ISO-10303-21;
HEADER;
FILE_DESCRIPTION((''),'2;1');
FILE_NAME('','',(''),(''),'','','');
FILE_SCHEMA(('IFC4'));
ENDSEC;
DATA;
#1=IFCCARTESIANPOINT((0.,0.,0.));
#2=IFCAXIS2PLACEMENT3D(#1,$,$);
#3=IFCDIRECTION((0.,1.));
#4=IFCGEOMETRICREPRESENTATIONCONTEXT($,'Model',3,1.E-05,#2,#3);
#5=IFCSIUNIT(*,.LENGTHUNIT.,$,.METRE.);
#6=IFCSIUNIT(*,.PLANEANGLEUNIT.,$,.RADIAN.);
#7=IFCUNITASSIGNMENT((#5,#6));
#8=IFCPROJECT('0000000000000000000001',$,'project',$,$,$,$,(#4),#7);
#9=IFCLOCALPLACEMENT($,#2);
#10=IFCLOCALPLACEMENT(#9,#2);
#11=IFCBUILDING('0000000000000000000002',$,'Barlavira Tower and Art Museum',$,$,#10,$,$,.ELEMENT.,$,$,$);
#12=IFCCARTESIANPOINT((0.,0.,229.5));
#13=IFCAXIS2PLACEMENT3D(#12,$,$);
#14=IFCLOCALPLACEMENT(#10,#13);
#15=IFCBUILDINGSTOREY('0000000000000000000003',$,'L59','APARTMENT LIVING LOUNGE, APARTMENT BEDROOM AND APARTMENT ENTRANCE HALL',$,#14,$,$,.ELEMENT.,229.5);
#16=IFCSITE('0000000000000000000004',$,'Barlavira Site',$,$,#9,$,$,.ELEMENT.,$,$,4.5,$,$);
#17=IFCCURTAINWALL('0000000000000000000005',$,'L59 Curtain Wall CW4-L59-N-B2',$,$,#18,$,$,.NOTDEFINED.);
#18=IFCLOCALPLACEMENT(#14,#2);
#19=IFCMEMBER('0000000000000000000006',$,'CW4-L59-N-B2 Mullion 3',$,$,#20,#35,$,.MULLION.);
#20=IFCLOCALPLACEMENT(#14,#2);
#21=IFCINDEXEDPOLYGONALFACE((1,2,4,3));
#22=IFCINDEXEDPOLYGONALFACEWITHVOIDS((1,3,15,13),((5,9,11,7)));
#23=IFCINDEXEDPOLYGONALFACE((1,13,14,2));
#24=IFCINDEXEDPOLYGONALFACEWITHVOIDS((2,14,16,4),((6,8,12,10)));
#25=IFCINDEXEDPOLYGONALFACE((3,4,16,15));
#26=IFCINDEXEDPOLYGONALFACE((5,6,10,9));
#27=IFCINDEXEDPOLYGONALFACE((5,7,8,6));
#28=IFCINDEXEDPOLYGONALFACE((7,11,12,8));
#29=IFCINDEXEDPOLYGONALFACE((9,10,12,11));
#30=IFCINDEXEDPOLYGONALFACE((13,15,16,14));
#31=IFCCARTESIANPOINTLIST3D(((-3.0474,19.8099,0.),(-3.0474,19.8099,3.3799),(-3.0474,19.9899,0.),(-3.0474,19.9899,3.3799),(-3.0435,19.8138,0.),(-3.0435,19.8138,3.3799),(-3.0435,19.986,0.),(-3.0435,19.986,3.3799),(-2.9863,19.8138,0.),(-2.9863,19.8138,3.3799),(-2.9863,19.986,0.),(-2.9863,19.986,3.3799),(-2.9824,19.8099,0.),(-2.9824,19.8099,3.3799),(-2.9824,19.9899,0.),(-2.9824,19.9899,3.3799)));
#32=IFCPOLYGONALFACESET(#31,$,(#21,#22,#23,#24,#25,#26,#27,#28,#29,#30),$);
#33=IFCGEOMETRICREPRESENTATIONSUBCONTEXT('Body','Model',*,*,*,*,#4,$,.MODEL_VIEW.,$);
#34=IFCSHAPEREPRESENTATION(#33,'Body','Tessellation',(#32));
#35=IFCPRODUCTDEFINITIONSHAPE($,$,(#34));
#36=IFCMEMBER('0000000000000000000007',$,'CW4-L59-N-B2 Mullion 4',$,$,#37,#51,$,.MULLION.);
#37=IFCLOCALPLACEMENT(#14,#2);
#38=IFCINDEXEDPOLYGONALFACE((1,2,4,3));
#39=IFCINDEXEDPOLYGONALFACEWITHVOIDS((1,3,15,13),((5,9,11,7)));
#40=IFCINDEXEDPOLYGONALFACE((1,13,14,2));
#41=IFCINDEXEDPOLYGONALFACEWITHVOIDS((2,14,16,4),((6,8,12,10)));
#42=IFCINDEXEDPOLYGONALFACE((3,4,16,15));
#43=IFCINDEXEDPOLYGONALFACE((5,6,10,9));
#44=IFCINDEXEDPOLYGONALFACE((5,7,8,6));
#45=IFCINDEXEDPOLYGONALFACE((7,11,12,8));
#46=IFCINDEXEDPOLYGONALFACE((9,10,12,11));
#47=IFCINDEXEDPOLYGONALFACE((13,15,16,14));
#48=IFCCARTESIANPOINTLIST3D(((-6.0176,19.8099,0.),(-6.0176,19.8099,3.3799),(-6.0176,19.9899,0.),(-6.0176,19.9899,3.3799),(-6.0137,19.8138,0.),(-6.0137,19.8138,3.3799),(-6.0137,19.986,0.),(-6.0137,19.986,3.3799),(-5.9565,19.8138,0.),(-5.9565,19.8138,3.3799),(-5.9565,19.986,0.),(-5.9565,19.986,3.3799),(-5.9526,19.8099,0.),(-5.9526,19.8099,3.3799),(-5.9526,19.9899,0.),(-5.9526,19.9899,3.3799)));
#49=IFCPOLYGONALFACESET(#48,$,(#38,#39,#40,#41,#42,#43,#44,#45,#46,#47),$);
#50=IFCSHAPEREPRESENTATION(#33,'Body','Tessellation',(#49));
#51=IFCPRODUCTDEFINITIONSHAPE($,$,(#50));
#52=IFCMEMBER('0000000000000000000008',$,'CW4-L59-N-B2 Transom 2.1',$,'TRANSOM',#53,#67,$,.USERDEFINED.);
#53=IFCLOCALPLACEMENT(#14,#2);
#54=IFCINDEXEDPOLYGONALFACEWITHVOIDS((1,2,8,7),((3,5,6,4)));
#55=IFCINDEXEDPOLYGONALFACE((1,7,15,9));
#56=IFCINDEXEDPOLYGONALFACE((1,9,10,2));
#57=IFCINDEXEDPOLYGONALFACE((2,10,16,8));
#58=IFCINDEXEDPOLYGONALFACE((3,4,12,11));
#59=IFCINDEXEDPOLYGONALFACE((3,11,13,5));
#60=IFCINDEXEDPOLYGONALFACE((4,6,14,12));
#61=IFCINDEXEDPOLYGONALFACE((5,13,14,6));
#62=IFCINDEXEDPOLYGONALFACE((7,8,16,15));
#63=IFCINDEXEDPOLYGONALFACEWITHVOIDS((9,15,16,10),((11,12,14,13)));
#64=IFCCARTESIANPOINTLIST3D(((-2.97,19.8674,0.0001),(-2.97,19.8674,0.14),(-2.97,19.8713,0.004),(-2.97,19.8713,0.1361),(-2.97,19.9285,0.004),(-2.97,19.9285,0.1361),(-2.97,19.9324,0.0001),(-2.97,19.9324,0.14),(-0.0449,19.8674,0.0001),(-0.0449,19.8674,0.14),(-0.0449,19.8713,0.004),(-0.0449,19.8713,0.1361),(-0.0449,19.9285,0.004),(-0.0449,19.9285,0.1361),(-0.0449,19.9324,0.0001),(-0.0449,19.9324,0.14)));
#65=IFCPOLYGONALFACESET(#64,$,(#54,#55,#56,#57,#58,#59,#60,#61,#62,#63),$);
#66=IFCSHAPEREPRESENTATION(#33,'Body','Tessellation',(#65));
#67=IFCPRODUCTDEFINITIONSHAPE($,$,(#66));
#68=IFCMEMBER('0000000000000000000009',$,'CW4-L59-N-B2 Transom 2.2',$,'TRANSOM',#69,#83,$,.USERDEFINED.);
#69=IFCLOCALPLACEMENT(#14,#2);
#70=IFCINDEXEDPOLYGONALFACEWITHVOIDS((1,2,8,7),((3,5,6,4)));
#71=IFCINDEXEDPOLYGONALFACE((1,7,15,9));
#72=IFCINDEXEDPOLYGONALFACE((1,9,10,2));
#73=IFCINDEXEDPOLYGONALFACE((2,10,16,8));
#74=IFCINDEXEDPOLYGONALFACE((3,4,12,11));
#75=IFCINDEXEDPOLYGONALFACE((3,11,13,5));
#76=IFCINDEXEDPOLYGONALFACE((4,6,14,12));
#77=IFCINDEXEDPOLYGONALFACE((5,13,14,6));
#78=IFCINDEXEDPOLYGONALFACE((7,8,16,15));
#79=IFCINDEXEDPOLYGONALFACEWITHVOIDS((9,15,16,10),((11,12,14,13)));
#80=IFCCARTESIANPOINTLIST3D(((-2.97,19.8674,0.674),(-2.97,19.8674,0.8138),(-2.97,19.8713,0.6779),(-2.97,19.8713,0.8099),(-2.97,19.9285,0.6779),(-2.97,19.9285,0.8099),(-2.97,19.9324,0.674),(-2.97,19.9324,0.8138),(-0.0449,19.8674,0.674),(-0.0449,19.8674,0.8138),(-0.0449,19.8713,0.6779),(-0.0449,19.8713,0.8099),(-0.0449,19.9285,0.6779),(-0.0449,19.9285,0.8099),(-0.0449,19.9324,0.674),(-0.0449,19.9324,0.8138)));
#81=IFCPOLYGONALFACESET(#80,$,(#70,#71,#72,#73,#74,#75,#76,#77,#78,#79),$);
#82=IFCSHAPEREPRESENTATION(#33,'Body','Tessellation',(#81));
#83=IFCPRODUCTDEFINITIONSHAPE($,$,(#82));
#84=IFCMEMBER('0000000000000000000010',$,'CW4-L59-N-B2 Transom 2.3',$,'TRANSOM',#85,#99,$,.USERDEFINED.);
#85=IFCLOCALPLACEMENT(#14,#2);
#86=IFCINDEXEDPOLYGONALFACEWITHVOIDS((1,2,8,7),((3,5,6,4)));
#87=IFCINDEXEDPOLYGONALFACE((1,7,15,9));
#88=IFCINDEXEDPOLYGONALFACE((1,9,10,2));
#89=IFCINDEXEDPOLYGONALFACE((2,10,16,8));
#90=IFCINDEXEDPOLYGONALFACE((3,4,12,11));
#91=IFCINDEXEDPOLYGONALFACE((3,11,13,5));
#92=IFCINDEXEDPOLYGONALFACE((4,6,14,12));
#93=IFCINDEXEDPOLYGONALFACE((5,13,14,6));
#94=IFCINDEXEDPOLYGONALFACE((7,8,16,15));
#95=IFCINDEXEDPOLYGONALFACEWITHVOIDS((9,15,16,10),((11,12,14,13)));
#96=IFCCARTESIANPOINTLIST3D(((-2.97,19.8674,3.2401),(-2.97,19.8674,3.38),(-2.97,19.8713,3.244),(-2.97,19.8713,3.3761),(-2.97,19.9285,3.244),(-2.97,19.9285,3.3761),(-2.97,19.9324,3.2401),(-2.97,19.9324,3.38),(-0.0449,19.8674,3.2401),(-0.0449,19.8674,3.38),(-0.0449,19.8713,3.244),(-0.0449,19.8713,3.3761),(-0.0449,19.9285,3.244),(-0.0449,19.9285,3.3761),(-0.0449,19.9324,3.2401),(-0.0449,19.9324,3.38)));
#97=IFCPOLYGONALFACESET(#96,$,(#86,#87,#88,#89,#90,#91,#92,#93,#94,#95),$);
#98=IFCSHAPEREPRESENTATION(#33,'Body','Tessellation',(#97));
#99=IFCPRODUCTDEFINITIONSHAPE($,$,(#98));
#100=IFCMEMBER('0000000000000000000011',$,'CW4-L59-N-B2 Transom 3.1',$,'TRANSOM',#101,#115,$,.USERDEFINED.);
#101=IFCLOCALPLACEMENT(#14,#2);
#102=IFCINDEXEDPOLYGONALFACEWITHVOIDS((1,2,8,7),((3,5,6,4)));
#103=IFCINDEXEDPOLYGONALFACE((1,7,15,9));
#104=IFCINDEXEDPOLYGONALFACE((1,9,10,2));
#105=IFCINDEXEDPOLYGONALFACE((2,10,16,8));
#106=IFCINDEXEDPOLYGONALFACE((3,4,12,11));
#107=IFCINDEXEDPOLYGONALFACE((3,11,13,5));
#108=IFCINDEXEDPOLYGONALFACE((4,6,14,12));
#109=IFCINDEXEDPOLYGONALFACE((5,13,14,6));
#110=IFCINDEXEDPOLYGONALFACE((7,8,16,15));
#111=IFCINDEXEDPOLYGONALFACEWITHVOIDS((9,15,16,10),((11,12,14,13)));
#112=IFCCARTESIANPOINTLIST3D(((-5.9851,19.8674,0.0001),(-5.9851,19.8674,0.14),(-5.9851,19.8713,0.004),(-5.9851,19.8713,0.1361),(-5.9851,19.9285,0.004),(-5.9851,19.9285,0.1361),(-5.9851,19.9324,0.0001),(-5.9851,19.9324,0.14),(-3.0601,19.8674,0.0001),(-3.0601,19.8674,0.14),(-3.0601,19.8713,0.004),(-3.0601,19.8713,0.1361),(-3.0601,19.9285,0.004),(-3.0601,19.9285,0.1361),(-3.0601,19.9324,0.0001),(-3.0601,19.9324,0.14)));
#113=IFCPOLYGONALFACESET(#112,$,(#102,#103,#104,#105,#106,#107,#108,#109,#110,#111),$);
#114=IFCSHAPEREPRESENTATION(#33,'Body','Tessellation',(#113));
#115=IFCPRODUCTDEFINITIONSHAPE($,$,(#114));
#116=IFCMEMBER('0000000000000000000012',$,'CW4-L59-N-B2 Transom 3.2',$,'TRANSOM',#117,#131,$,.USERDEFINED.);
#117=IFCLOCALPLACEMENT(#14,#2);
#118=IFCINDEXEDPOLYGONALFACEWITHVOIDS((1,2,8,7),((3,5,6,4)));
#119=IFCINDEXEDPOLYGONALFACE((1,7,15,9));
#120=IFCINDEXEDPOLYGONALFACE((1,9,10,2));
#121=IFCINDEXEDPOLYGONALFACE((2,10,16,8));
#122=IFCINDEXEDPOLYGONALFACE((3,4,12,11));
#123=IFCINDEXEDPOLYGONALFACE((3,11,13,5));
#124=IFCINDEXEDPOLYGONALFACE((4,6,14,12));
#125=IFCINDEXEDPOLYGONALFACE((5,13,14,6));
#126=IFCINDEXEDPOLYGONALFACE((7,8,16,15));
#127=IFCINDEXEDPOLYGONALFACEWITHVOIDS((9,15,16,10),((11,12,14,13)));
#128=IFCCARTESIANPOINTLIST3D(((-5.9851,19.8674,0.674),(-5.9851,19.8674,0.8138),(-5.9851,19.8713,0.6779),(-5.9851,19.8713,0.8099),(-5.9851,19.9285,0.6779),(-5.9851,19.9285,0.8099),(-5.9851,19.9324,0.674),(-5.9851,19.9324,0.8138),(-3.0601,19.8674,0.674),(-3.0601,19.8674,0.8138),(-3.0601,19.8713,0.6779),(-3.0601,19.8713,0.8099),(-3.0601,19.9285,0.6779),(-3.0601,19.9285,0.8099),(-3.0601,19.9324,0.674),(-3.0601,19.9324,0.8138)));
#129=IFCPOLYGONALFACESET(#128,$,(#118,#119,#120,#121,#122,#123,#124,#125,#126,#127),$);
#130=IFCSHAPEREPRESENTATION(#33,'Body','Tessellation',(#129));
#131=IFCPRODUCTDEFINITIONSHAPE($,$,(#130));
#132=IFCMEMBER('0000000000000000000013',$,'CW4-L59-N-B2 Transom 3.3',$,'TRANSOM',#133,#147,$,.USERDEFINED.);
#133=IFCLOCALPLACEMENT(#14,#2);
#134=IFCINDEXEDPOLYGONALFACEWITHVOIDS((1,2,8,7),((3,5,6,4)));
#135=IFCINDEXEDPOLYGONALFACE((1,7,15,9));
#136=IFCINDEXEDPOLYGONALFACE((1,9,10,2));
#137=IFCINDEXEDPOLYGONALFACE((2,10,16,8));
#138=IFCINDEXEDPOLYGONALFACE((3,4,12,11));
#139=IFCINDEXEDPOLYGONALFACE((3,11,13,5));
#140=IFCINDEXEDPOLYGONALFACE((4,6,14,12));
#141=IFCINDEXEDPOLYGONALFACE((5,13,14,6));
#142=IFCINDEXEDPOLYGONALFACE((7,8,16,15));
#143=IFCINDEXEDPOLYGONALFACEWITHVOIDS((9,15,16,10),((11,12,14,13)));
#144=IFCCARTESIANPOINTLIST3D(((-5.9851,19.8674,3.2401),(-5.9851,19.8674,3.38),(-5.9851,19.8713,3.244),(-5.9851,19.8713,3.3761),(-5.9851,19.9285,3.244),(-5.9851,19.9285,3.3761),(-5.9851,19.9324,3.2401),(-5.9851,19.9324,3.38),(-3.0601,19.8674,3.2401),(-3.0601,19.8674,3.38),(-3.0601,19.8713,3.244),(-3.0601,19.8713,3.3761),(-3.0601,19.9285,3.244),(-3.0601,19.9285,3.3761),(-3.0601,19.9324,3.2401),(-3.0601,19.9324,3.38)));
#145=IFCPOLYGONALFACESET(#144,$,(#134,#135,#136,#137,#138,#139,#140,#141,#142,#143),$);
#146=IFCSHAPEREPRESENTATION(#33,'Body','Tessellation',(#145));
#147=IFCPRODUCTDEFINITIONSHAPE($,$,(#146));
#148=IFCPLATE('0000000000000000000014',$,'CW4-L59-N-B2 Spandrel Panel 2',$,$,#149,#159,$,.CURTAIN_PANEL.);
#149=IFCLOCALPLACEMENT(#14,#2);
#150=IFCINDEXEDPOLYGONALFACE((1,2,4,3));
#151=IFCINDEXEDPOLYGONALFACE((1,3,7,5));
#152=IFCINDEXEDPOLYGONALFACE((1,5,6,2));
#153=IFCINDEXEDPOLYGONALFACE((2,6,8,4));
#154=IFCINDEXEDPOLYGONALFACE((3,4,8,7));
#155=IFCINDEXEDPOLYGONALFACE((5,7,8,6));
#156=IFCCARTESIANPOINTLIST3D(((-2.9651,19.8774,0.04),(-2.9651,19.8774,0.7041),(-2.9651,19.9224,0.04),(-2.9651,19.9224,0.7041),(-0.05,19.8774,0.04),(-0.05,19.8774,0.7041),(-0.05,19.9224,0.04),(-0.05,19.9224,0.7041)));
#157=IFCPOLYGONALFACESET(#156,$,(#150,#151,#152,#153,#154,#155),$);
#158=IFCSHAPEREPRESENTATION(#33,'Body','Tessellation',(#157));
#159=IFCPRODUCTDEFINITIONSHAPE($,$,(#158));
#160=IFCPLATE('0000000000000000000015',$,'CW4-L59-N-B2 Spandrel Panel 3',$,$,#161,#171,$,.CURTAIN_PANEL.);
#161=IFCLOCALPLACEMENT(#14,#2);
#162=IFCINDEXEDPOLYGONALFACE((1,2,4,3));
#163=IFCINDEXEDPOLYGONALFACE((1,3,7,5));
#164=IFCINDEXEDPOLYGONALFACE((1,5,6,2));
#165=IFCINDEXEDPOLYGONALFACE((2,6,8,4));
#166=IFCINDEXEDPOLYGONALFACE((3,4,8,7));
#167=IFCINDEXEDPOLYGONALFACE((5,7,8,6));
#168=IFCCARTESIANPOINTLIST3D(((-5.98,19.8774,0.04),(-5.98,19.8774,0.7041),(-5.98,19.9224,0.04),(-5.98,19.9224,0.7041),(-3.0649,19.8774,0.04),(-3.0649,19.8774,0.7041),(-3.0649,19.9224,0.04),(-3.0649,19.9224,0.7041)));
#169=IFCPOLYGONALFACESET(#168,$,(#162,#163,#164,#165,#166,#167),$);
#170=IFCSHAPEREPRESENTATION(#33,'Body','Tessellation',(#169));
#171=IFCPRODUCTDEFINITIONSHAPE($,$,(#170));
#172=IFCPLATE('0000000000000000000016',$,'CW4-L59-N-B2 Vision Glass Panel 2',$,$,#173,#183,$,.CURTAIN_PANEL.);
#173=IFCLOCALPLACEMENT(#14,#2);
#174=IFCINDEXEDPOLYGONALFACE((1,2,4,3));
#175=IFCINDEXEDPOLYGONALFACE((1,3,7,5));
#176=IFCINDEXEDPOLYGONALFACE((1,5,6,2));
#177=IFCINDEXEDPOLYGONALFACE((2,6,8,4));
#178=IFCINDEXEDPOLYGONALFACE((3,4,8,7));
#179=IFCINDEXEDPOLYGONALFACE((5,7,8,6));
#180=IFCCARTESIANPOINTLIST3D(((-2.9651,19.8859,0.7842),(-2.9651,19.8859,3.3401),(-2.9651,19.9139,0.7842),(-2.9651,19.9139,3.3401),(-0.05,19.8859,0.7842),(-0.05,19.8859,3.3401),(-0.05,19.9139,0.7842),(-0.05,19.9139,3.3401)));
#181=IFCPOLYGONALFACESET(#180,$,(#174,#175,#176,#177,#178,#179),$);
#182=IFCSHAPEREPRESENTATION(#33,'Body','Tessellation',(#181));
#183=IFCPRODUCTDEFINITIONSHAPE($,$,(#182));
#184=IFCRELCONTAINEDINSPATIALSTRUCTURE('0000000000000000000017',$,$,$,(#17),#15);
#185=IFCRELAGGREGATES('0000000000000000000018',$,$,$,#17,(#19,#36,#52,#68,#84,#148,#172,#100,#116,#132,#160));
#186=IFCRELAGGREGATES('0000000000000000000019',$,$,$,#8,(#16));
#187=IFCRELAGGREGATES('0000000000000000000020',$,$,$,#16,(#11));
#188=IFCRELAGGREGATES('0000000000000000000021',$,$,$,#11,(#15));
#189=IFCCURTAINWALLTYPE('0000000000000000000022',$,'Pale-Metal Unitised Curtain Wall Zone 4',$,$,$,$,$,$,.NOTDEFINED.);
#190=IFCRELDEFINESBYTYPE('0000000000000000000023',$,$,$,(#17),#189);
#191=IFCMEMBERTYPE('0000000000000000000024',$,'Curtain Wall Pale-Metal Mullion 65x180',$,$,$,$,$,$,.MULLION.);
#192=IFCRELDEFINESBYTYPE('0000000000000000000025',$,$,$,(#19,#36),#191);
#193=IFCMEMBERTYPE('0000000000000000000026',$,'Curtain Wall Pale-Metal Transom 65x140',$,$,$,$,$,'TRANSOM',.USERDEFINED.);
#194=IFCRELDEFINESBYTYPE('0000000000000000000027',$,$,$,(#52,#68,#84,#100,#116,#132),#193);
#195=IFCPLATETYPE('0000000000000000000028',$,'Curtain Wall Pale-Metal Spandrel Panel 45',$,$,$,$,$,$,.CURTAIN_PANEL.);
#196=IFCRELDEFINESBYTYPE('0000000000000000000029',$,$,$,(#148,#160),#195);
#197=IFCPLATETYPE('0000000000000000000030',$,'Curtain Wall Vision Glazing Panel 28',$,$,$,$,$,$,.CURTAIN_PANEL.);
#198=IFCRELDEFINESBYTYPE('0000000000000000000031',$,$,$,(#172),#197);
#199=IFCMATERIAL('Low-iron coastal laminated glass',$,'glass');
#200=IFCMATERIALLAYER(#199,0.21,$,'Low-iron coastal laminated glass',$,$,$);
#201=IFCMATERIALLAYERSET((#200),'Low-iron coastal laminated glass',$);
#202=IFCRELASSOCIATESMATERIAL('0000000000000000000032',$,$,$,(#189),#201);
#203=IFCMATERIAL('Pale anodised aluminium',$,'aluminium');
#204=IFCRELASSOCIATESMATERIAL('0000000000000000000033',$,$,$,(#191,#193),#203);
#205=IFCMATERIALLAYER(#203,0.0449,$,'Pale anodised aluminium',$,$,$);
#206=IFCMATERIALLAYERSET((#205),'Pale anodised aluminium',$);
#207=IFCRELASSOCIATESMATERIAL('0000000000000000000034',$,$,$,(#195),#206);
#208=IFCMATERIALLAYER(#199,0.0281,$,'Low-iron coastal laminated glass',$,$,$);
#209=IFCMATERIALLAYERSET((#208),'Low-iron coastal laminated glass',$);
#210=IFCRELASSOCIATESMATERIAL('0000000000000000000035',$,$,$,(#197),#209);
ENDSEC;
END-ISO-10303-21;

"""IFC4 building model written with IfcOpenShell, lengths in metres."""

from ifc_helpers import new_model, si_unit, direction, frame, origin, origin_2d, place, context, subcontext, project, spatial, rectangle, hollow_rectangle, extrude, material, layer, layer_set, material_profile, profile_set, type_object, element, aggregate, save


model = new_model("IFC4")

# Units and contexts
model_context = context("Model", 3, precision=1e-05, world=origin(), true_north=direction((0.0, 1.0)))
body_context = subcontext(model_context, "Body", "Model", "MODEL_VIEW")
ifc_project = project(units=[si_unit("LENGTHUNIT", "METRE"), si_unit("PLANEANGLEUNIT", "RADIAN")], contexts=[model_context])

# Site, building, storey
site_placement = place(None, origin())
site = spatial("IfcSite", under=ifc_project, at=site_placement, Name="Barlavira Site", CompositionType="ELEMENT", RefElevation=4.5)
building_placement = place(site_placement, origin())
building = spatial("IfcBuilding", under=site, at=building_placement, Name="Barlavira Tower and Art Museum", CompositionType="ELEMENT")
storey_placement = place(building_placement, frame((0.0, 0.0, 229.5)))
storey = spatial("IfcBuildingStorey", under=building, at=storey_placement, Name="L59", Description="APARTMENT LIVING LOUNGE, APARTMENT BEDROOM AND APARTMENT ENTRANCE HALL", CompositionType="ELEMENT", Elevation=229.5)

# Curtain wall, members, plates
ifc_material_1 = material(Name="Low-iron coastal laminated glass", Category="glass")
ifc_layer_1 = layer(ifc_material_1, 0.21, Name="Low-iron coastal laminated glass")
ifc_layer_set_1 = layer_set([ifc_layer_1], Name="Low-iron coastal laminated glass")
curtain_wall_type = type_object("IfcCurtainWallType", Name="Pale-Metal Unitised Curtain Wall Zone 4", PredefinedType="NOTDEFINED", material=ifc_layer_set_1)
curtain_wall_placement = place(storey_placement, origin())
curtain_wall = element("IfcCurtainWall", 1, at=curtain_wall_placement, inside=storey, type_object=curtain_wall_type, Name="L59 Curtain Wall CW4-L59-N-B2", PredefinedType="NOTDEFINED")
ifc_material_2 = material(Name="Pale anodised aluminium", Category="aluminium")
ifc_material_profile_1 = material_profile(ifc_material_2, hollow_rectangle(XDim=0.0649, YDim=0.1799, WallThickness=0.0039, at=origin_2d()), Name="ALU-MULL 65x180x4")
ifc_profile_set_1 = profile_set([ifc_material_profile_1], Name="Pale anodised aluminium")
member_type_1 = type_object("IfcMemberType", Name="Curtain Wall Pale-Metal Mullion 65x180", PredefinedType="MULLION", material=ifc_profile_set_1)
member_1_placement = place(storey_placement, frame((-3.0149, 19.8999, 0.0), z_axis=(0.0, 0.0, 1.0), x_axis=(-1.0, 0.0, 0.0)))
member_1 = element("IfcMember", 2, at=member_1_placement, type_object=member_type_1, Name="CW4-L59-N-B2 Mullion 3", PredefinedType="MULLION", context=body_context, shape_type="SweptSolid", body=[
    extrude(hollow_rectangle(XDim=0.0649, YDim=0.1799, WallThickness=0.0039, at=origin_2d()), origin(), (0.0, 0.0, 1.0), 3.3799),
])
member_2_placement = place(storey_placement, frame((-5.9851, 19.8999, 0.0), z_axis=(0.0, 0.0, 1.0), x_axis=(-1.0, 0.0, 0.0)))
member_2 = element("IfcMember", 3, at=member_2_placement, type_object=member_type_1, Name="CW4-L59-N-B2 Mullion 4", PredefinedType="MULLION", context=body_context, shape_type="SweptSolid", body=[
    extrude(hollow_rectangle(XDim=0.0649, YDim=0.1799, WallThickness=0.0039, at=origin_2d()), origin(), (0.0, 0.0, 1.0), 3.3799),
])
ifc_material_profile_2 = material_profile(ifc_material_2, hollow_rectangle(XDim=0.0649, YDim=0.1399, WallThickness=0.0039, at=origin_2d()), Name="ALU-TRAN 65x140x4")
ifc_profile_set_2 = profile_set([ifc_material_profile_2], Name="Pale anodised aluminium")
member_type_2 = type_object("IfcMemberType", Name="Curtain Wall Pale-Metal Transom 65x140", ElementType="TRANSOM", PredefinedType="USERDEFINED", material=ifc_profile_set_2)
member_3_placement = place(storey_placement, frame((-0.0449, 19.8999, 0.0701), z_axis=(-1.0, 0.0, 0.0), x_axis=(0.0, -1.0, 0.0)))
member_3 = element("IfcMember", 4, at=member_3_placement, type_object=member_type_2, Name="CW4-L59-N-B2 Transom 2.1", ObjectType="TRANSOM", PredefinedType="USERDEFINED", context=body_context, shape_type="SweptSolid", body=[
    extrude(hollow_rectangle(XDim=0.0649, YDim=0.1399, WallThickness=0.0039, at=origin_2d()), origin(), (0.0, 0.0, 1.0), 2.925),
])
member_4_placement = place(storey_placement, frame((-0.0449, 19.8999, 0.7439), z_axis=(-1.0, 0.0, 0.0), x_axis=(0.0, -1.0, 0.0)))
member_4 = element("IfcMember", 5, at=member_4_placement, type_object=member_type_2, Name="CW4-L59-N-B2 Transom 2.2", ObjectType="TRANSOM", PredefinedType="USERDEFINED", context=body_context, shape_type="SweptSolid", body=[
    extrude(hollow_rectangle(XDim=0.0649, YDim=0.1399, WallThickness=0.0039, at=origin_2d()), origin(), (0.0, 0.0, 1.0), 2.925),
])
member_5_placement = place(storey_placement, frame((-0.0449, 19.8999, 3.3101), z_axis=(-1.0, 0.0, 0.0), x_axis=(0.0, -1.0, 0.0)))
member_5 = element("IfcMember", 6, at=member_5_placement, type_object=member_type_2, Name="CW4-L59-N-B2 Transom 2.3", ObjectType="TRANSOM", PredefinedType="USERDEFINED", context=body_context, shape_type="SweptSolid", body=[
    extrude(hollow_rectangle(XDim=0.0649, YDim=0.1399, WallThickness=0.0039, at=origin_2d()), origin(), (0.0, 0.0, 1.0), 2.925),
])
member_6_placement = place(storey_placement, frame((-3.0601, 19.8999, 0.0701), z_axis=(-1.0, 0.0, 0.0), x_axis=(0.0, -1.0, 0.0)))
member_6 = element("IfcMember", 7, at=member_6_placement, type_object=member_type_2, Name="CW4-L59-N-B2 Transom 3.1", ObjectType="TRANSOM", PredefinedType="USERDEFINED", context=body_context, shape_type="SweptSolid", body=[
    extrude(hollow_rectangle(XDim=0.0649, YDim=0.1399, WallThickness=0.0039, at=origin_2d()), origin(), (0.0, 0.0, 1.0), 2.925),
])
member_7_placement = place(storey_placement, frame((-3.0601, 19.8999, 0.7439), z_axis=(-1.0, 0.0, 0.0), x_axis=(0.0, -1.0, 0.0)))
member_7 = element("IfcMember", 8, at=member_7_placement, type_object=member_type_2, Name="CW4-L59-N-B2 Transom 3.2", ObjectType="TRANSOM", PredefinedType="USERDEFINED", context=body_context, shape_type="SweptSolid", body=[
    extrude(hollow_rectangle(XDim=0.0649, YDim=0.1399, WallThickness=0.0039, at=origin_2d()), origin(), (0.0, 0.0, 1.0), 2.925),
])
member_8_placement = place(storey_placement, frame((-3.0601, 19.8999, 3.3101), z_axis=(-1.0, 0.0, 0.0), x_axis=(0.0, -1.0, 0.0)))
member_8 = element("IfcMember", 9, at=member_8_placement, type_object=member_type_2, Name="CW4-L59-N-B2 Transom 3.3", ObjectType="TRANSOM", PredefinedType="USERDEFINED", context=body_context, shape_type="SweptSolid", body=[
    extrude(hollow_rectangle(XDim=0.0649, YDim=0.1399, WallThickness=0.0039, at=origin_2d()), origin(), (0.0, 0.0, 1.0), 2.925),
])
ifc_layer_2 = layer(ifc_material_2, 0.0449, Name="Pale anodised aluminium")
ifc_layer_set_2 = layer_set([ifc_layer_2], Name="Pale anodised aluminium")
plate_type_1 = type_object("IfcPlateType", Name="Curtain Wall Pale-Metal Spandrel Panel 45", PredefinedType="CURTAIN_PANEL", material=ifc_layer_set_2)
plate_1_placement = place(storey_placement, frame((-1.5076, 19.8999, 0.04), z_axis=(0.0, 0.0, 1.0), x_axis=(-1.0, 0.0, 0.0)))
plate_1 = element("IfcPlate", 10, at=plate_1_placement, type_object=plate_type_1, Name="CW4-L59-N-B2 Spandrel Panel 2", PredefinedType="CURTAIN_PANEL", context=body_context, shape_type="SweptSolid", body=[
    extrude(rectangle(XDim=2.915, YDim=0.0449, at=origin_2d()), origin(), (0.0, 0.0, 1.0), 0.6641),
])
plate_2_placement = place(storey_placement, frame((-4.5225, 19.8999, 0.04), z_axis=(0.0, 0.0, 1.0), x_axis=(-1.0, 0.0, 0.0)))
plate_2 = element("IfcPlate", 11, at=plate_2_placement, type_object=plate_type_1, Name="CW4-L59-N-B2 Spandrel Panel 3", PredefinedType="CURTAIN_PANEL", context=body_context, shape_type="SweptSolid", body=[
    extrude(rectangle(XDim=2.915, YDim=0.0449, at=origin_2d()), origin(), (0.0, 0.0, 1.0), 0.6641),
])
ifc_layer_3 = layer(ifc_material_1, 0.0281, Name="Low-iron coastal laminated glass")
ifc_layer_set_3 = layer_set([ifc_layer_3], Name="Low-iron coastal laminated glass")
plate_type_2 = type_object("IfcPlateType", Name="Curtain Wall Vision Glazing Panel 28", PredefinedType="CURTAIN_PANEL", material=ifc_layer_set_3)
plate_3_placement = place(storey_placement, frame((-1.5076, 19.8999, 0.7842), z_axis=(0.0, 0.0, 1.0), x_axis=(-1.0, 0.0, 0.0)))
plate_3 = element("IfcPlate", 12, at=plate_3_placement, type_object=plate_type_2, Name="CW4-L59-N-B2 Vision Glass Panel 2", PredefinedType="CURTAIN_PANEL", context=body_context, shape_type="SweptSolid", body=[
    extrude(rectangle(XDim=2.915, YDim=0.0281, at=origin_2d()), origin(), (0.0, 0.0, 1.0), 2.5559),
])
aggregate(curtain_wall, [member_1, member_2, member_3, member_4, member_5, plate_1, plate_3, member_6, member_7, member_8, plate_2])

save(model, "model.ifc")
